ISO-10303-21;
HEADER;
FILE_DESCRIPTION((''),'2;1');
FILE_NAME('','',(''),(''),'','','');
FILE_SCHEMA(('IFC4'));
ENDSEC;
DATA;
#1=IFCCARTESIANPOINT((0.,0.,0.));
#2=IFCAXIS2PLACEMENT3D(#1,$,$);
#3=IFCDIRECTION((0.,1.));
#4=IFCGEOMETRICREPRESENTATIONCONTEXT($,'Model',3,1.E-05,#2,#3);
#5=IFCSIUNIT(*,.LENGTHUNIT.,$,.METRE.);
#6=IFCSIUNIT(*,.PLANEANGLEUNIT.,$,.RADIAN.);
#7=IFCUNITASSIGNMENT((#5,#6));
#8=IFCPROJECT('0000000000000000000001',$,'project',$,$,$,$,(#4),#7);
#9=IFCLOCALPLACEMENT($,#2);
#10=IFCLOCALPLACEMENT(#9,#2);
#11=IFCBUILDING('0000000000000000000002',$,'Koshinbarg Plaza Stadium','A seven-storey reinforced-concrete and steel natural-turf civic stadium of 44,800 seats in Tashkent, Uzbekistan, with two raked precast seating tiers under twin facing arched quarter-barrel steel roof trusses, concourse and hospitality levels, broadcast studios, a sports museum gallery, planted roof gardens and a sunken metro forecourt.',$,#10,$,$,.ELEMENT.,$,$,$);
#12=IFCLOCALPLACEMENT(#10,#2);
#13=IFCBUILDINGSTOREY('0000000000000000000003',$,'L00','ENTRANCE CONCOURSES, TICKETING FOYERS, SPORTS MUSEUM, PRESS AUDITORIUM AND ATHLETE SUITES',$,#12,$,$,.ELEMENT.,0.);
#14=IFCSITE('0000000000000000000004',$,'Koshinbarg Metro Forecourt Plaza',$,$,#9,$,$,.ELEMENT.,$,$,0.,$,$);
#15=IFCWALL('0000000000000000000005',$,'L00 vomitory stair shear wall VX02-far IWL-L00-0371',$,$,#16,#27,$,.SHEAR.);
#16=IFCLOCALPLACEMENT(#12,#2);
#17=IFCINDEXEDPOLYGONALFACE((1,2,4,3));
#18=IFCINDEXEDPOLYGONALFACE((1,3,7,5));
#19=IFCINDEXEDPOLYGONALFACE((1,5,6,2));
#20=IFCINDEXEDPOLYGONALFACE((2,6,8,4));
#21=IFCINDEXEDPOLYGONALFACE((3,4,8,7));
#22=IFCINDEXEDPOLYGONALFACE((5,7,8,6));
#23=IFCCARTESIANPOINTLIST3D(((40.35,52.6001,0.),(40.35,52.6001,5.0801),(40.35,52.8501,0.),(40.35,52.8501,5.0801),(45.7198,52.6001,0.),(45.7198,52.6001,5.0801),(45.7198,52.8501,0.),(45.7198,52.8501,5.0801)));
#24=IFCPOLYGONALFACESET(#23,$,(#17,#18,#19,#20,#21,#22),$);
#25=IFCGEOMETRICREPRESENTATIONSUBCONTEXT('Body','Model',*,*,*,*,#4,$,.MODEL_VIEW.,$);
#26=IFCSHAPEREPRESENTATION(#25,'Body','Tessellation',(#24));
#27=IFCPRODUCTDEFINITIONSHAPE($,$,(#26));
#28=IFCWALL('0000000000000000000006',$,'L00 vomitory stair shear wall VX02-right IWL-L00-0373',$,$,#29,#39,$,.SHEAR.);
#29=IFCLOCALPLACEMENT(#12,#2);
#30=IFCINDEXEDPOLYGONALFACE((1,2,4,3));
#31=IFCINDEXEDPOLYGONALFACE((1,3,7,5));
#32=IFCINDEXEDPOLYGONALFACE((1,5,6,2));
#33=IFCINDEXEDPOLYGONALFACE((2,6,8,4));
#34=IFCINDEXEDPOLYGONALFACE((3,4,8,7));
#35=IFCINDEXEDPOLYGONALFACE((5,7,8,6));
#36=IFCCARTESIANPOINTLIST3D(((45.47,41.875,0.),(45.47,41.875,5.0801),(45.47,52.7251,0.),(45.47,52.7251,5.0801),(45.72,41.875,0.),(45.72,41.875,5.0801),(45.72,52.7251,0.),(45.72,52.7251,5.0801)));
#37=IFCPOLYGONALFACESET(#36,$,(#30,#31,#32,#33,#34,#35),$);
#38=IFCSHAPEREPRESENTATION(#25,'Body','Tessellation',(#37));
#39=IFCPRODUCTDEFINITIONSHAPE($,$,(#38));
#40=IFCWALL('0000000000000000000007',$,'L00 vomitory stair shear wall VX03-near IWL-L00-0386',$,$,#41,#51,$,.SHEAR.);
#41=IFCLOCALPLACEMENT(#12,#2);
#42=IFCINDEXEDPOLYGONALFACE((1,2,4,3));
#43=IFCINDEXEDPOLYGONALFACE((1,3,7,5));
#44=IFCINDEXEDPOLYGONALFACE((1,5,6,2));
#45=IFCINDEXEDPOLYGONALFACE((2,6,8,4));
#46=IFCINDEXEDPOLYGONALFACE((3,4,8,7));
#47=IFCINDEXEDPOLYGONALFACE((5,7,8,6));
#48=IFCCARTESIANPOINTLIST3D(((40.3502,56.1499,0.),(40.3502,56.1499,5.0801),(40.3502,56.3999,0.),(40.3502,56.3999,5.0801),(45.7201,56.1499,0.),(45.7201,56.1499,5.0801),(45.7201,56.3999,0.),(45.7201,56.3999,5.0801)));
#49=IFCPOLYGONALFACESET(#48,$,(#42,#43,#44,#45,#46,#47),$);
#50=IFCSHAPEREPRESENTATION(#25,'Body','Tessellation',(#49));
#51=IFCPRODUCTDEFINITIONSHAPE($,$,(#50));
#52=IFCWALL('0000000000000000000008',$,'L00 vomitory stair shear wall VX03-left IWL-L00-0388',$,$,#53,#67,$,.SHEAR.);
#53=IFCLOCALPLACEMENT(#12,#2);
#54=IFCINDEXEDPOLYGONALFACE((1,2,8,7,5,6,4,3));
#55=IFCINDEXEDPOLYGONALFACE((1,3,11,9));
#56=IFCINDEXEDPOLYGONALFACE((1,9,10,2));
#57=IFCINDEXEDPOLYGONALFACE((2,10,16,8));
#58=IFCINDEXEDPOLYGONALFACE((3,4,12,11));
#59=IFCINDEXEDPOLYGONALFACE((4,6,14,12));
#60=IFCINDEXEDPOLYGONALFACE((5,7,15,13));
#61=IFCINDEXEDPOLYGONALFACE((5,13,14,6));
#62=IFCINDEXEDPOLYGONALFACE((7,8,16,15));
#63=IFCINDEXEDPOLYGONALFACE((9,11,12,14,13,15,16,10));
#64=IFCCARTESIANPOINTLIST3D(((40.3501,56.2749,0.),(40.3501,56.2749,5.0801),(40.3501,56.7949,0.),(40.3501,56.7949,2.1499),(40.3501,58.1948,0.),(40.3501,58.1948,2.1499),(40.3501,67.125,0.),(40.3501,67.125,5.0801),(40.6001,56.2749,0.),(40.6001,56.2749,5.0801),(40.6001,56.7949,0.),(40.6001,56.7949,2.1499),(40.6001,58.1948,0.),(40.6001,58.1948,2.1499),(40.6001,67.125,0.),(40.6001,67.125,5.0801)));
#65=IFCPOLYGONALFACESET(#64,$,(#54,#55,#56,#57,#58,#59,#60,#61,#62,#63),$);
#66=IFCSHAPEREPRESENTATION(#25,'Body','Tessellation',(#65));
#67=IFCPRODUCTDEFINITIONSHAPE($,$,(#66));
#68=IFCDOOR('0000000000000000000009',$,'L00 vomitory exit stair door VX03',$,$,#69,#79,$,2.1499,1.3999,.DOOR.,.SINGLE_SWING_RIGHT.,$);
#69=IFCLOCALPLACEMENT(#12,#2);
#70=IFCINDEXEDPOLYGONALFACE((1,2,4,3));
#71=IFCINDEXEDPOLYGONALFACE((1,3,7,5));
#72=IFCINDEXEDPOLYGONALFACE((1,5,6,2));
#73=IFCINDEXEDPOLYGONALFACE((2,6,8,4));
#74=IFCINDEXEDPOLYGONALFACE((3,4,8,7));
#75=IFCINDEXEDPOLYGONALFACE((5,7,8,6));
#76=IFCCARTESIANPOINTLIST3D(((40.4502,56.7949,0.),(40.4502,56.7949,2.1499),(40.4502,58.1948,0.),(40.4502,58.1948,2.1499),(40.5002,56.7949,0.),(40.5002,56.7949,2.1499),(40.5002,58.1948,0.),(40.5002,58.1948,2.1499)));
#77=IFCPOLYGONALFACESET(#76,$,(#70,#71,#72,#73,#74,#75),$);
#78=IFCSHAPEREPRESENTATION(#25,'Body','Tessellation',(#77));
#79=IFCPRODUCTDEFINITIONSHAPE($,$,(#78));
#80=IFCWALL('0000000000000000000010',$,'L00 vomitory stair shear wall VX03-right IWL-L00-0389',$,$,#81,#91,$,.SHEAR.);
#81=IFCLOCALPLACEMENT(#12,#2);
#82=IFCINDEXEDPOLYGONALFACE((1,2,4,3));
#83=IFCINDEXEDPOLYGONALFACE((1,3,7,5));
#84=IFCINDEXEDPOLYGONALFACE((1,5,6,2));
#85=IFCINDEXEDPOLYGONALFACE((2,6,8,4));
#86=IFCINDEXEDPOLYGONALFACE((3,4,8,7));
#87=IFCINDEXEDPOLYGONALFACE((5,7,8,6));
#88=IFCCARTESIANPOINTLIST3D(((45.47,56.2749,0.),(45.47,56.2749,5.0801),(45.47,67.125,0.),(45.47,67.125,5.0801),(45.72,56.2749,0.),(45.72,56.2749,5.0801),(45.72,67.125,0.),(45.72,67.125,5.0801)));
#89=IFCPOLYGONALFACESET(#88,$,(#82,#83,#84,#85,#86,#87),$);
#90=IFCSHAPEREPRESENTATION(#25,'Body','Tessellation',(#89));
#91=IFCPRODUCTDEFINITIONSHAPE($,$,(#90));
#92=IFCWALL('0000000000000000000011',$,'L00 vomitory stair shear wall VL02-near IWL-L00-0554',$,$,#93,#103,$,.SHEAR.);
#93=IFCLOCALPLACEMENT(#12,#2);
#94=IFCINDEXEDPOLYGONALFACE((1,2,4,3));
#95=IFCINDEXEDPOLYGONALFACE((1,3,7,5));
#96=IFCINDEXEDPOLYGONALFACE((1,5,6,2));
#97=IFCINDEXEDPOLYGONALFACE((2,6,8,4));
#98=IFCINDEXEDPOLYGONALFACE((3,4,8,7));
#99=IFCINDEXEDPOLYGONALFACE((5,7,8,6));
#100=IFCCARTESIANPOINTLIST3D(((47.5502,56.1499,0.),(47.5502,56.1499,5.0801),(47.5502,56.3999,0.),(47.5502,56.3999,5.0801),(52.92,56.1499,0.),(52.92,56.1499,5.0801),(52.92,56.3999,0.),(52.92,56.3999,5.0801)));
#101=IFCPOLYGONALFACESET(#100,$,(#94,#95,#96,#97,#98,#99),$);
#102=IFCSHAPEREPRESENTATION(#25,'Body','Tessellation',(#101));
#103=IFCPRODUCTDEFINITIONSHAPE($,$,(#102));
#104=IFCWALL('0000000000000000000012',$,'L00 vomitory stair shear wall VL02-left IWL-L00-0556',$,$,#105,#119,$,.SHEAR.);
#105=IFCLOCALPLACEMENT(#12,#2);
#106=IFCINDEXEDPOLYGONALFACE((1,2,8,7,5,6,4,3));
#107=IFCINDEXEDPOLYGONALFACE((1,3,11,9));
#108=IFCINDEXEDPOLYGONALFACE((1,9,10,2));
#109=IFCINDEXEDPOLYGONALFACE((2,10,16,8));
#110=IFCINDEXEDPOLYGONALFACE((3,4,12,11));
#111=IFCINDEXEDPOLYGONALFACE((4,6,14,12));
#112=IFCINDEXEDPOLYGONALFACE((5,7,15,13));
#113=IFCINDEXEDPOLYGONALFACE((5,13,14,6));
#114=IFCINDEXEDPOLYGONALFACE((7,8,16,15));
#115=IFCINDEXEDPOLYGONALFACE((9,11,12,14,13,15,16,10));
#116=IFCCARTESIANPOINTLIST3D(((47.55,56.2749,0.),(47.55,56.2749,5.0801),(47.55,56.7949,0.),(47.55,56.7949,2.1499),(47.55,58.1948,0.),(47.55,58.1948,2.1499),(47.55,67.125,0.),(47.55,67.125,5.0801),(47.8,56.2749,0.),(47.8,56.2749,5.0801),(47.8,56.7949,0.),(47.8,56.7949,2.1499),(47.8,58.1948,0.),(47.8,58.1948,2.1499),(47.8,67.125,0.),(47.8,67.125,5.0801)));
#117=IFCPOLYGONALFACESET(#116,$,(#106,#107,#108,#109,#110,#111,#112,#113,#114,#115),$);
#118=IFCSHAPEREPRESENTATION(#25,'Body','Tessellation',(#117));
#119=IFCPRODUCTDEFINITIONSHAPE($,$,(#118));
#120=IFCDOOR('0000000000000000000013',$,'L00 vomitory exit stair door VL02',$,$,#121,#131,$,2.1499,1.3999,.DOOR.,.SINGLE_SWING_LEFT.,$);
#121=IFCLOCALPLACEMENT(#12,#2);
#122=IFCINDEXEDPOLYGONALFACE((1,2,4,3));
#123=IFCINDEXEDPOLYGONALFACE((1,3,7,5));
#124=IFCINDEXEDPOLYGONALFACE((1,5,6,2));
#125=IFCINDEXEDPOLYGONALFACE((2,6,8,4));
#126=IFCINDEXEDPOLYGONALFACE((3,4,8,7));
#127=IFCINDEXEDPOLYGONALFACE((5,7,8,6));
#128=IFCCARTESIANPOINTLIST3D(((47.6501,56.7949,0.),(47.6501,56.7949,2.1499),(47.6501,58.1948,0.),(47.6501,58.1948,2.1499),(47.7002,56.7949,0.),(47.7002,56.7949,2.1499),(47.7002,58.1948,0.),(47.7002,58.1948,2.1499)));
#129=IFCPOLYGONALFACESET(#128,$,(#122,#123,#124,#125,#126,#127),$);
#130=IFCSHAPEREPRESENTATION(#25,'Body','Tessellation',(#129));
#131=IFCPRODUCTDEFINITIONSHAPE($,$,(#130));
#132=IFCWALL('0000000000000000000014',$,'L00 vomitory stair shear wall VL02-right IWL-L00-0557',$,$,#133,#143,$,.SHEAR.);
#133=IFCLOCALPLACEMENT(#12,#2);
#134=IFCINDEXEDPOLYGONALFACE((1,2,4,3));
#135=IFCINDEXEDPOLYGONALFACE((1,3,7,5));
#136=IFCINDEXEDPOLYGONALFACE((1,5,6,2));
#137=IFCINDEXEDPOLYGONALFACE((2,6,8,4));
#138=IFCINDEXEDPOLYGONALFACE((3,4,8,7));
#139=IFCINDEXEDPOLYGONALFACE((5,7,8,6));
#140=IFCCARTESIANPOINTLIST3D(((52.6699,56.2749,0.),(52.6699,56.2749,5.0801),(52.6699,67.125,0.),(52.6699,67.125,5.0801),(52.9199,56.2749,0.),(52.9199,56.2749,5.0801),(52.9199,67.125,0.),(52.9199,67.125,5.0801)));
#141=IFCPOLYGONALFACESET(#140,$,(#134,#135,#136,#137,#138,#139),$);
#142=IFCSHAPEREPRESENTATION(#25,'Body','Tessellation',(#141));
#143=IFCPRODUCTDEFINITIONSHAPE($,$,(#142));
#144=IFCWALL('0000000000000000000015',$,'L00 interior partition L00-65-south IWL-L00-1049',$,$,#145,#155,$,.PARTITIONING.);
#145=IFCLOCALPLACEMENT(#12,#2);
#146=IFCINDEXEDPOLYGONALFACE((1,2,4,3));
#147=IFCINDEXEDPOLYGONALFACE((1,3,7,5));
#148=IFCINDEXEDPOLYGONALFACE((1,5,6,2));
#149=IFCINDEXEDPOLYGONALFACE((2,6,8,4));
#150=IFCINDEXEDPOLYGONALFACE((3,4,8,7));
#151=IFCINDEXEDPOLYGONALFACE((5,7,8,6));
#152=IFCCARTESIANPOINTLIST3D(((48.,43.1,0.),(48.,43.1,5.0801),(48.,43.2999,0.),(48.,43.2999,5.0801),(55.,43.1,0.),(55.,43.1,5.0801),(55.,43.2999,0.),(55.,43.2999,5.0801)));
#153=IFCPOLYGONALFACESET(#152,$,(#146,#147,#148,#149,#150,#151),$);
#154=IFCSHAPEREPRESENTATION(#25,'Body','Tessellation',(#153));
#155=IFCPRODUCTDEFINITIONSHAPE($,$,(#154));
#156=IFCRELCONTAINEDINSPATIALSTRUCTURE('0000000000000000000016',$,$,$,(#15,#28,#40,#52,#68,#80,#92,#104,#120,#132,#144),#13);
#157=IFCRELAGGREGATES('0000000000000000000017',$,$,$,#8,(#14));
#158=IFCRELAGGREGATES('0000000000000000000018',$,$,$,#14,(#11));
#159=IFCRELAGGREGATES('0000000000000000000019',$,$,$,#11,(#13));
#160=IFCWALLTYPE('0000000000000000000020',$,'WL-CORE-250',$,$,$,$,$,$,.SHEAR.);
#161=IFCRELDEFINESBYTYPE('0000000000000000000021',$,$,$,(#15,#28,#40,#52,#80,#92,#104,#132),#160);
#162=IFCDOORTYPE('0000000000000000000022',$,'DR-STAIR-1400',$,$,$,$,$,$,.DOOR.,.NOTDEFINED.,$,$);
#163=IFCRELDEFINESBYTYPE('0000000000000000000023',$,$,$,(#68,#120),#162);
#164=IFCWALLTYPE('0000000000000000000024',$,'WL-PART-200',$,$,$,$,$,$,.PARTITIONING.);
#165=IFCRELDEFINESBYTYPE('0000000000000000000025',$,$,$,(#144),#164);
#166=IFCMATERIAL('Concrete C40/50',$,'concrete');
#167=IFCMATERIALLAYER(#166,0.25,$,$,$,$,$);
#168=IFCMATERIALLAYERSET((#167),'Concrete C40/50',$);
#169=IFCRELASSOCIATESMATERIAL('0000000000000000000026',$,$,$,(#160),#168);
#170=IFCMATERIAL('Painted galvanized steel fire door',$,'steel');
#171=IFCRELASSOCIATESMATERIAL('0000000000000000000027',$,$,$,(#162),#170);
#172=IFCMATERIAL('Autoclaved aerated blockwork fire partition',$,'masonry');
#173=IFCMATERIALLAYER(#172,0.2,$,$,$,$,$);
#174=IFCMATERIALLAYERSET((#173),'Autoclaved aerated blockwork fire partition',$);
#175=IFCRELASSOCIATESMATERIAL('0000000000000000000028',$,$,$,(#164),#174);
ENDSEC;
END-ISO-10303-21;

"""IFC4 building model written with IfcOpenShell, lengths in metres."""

from ifc_helpers import new_model, si_unit, direction, frame, frame_2d, origin, place, context, subcontext, project, spatial, rectangle, extrude, material, layer, layer_set, type_object, element, fill, save


model = new_model("IFC4")

# Units and contexts
model_context = context("Model", 3, precision=1e-05, world=origin(), true_north=direction((0.0, 1.0)))
body_context = subcontext(model_context, "Body", "Model", "MODEL_VIEW")
ifc_project = project(units=[si_unit("LENGTHUNIT", "METRE"), si_unit("PLANEANGLEUNIT", "RADIAN")], contexts=[model_context])

# Site, building, storey
site_placement = place(None, origin())
site = spatial("IfcSite", under=ifc_project, at=site_placement, Name="Koshinbarg Metro Forecourt Plaza", CompositionType="ELEMENT", RefElevation=0.0)
building_placement = place(site_placement, origin())
building = spatial("IfcBuilding", under=site, at=building_placement, Name="Koshinbarg Plaza Stadium", Description="A seven-storey reinforced-concrete and steel natural-turf civic stadium of 44,800 seats in Tashkent, Uzbekistan, with two raked precast seating tiers under twin facing arched quarter-barrel steel roof trusses, concourse and hospitality levels, broadcast studios, a sports museum gallery, planted roof gardens and a sunken metro forecourt.", CompositionType="ELEMENT")
storey_placement = place(building_placement, origin())
storey = spatial("IfcBuildingStorey", under=building, at=storey_placement, Name="L00", Description="ENTRANCE CONCOURSES, TICKETING FOYERS, SPORTS MUSEUM, PRESS AUDITORIUM AND ATHLETE SUITES", CompositionType="ELEMENT", Elevation=0.0)

# Shared definitions
ifc_material_1 = material(Name="Concrete C40/50", Category="concrete")

# Walls
ifc_layer_1 = layer(ifc_material_1, 0.25)
ifc_layer_set_1 = layer_set([ifc_layer_1], Name="Concrete C40/50")
wall_type_1 = type_object("IfcWallType", Name="WL-CORE-250", PredefinedType="SHEAR", material=ifc_layer_set_1)
wall_1_placement = place(storey_placement, frame((45.72, 52.7251, 0.0), z_axis=(0.0, 0.0, 1.0), x_axis=(-1.0, 0.0, 0.0)))
element("IfcWall", 1, at=wall_1_placement, inside=storey, type_object=wall_type_1, Name="L00 vomitory stair shear wall VX02-far IWL-L00-0371", PredefinedType="SHEAR", context=body_context, shape_type="SweptSolid", body=[
    extrude(rectangle(XDim=5.3699, YDim=0.25, at=frame_2d((2.6851, 0.0))), origin(), (0.0, 0.0, 1.0), 5.0801),
])
wall_2_placement = place(storey_placement, frame((45.595, 41.875, 0.0), z_axis=(0.0, 0.0, 1.0), x_axis=(0.0, 1.0, 0.0)))
element("IfcWall", 2, at=wall_2_placement, inside=storey, type_object=wall_type_1, Name="L00 vomitory stair shear wall VX02-right IWL-L00-0373", PredefinedType="SHEAR", context=body_context, shape_type="SweptSolid", body=[
    extrude(rectangle(XDim=10.8501, YDim=0.25, at=frame_2d((5.425, 0.0))), origin(), (0.0, 0.0, 1.0), 5.0801),
])
wall_3_placement = place(storey_placement, frame((40.3501, 56.2749, 0.0), z_axis=(0.0, 0.0, 1.0), x_axis=(1.0, 0.0, 0.0)))
element("IfcWall", 3, at=wall_3_placement, inside=storey, type_object=wall_type_1, Name="L00 vomitory stair shear wall VX03-near IWL-L00-0386", PredefinedType="SHEAR", context=body_context, shape_type="SweptSolid", body=[
    extrude(rectangle(XDim=5.3699, YDim=0.25, at=frame_2d((2.6851, 0.0))), origin(), (0.0, 0.0, 1.0), 5.0801),
])

# Wall, opening, door
wall_4_placement = place(storey_placement, frame((40.4751, 56.2749, 0.0), z_axis=(0.0, 0.0, 1.0), x_axis=(0.0, 1.0, 0.0)))
wall_4 = element("IfcWall", 4, at=wall_4_placement, inside=storey, type_object=wall_type_1, Name="L00 vomitory stair shear wall VX03-left IWL-L00-0388", PredefinedType="SHEAR", context=body_context, shape_type="SweptSolid", body=[
    extrude(rectangle(XDim=10.8501, YDim=0.25, at=frame_2d((5.425, 0.0))), origin(), (0.0, 0.0, 1.0), 5.0801),
])
opening_1_placement = place(wall_4_placement, frame((0.52, 0.0, 0.0)))
opening_1 = element("IfcOpeningElement", 5, at=opening_1_placement, cuts=wall_4, PredefinedType="OPENING", context=body_context, shape_type="SweptSolid", body=[
    extrude(rectangle(XDim=1.3999, YDim=2.1499, at=frame_2d((0.7, 1.075))), frame((0.0, 0.135, 0.0), z_axis=(0.0, -1.0, 0.0), x_axis=(1.0, 0.0, 0.0)), (0.0, 0.0, 1.0), 0.27),
])
ifc_material_2 = material(Name="Painted galvanized steel fire door", Category="steel")
door_type_1 = type_object("IfcDoorType", Name="DR-STAIR-1400", OperationType="NOTDEFINED", PredefinedType="DOOR", material=ifc_material_2)
door_1_placement = place(opening_1_placement, origin())
door_1 = element("IfcDoor", 6, at=door_1_placement, inside=storey, type_object=door_type_1, Name="L00 vomitory exit stair door VX03", OperationType="SINGLE_SWING_RIGHT", OverallHeight=2.1499, OverallWidth=1.3999, PredefinedType="DOOR", context=body_context, shape_type="SweptSolid", body=[
    extrude(rectangle(XDim=1.3999, YDim=2.1499, at=frame_2d((0.7, 1.075))), frame((0.0, 0.0249, 0.0), z_axis=(0.0, -1.0, 0.0), x_axis=(1.0, 0.0, 0.0)), (0.0, 0.0, 1.0), 0.05),
])
fill(opening_1, door_1)

# Walls
wall_5_placement = place(storey_placement, frame((45.595, 56.2749, 0.0), z_axis=(0.0, 0.0, 1.0), x_axis=(0.0, 1.0, 0.0)))
element("IfcWall", 7, at=wall_5_placement, inside=storey, type_object=wall_type_1, Name="L00 vomitory stair shear wall VX03-right IWL-L00-0389", PredefinedType="SHEAR", context=body_context, shape_type="SweptSolid", body=[
    extrude(rectangle(XDim=10.8501, YDim=0.25, at=frame_2d((5.425, 0.0))), origin(), (0.0, 0.0, 1.0), 5.0801),
])
wall_6_placement = place(storey_placement, frame((47.55, 56.2749, 0.0), z_axis=(0.0, 0.0, 1.0), x_axis=(1.0, 0.0, 0.0)))
element("IfcWall", 8, at=wall_6_placement, inside=storey, type_object=wall_type_1, Name="L00 vomitory stair shear wall VL02-near IWL-L00-0554", PredefinedType="SHEAR", context=body_context, shape_type="SweptSolid", body=[
    extrude(rectangle(XDim=5.3699, YDim=0.25, at=frame_2d((2.6851, 0.0))), origin(), (0.0, 0.0, 1.0), 5.0801),
])

# Wall, opening, door
wall_7_placement = place(storey_placement, frame((47.675, 56.2749, 0.0), z_axis=(0.0, 0.0, 1.0), x_axis=(0.0, 1.0, 0.0)))
wall_7 = element("IfcWall", 9, at=wall_7_placement, inside=storey, type_object=wall_type_1, Name="L00 vomitory stair shear wall VL02-left IWL-L00-0556", PredefinedType="SHEAR", context=body_context, shape_type="SweptSolid", body=[
    extrude(rectangle(XDim=10.8501, YDim=0.25, at=frame_2d((5.425, 0.0))), origin(), (0.0, 0.0, 1.0), 5.0801),
])
opening_2_placement = place(wall_7_placement, frame((0.52, 0.0, 0.0)))
opening_2 = element("IfcOpeningElement", 10, at=opening_2_placement, cuts=wall_7, PredefinedType="OPENING", context=body_context, shape_type="SweptSolid", body=[
    extrude(rectangle(XDim=1.3999, YDim=2.1499, at=frame_2d((0.7, 1.075))), frame((0.0, 0.135, 0.0), z_axis=(0.0, -1.0, 0.0), x_axis=(1.0, 0.0, 0.0)), (0.0, 0.0, 1.0), 0.27),
])
door_2_placement = place(opening_2_placement, origin())
door_2 = element("IfcDoor", 11, at=door_2_placement, inside=storey, type_object=door_type_1, Name="L00 vomitory exit stair door VL02", OperationType="SINGLE_SWING_LEFT", OverallHeight=2.1499, OverallWidth=1.3999, PredefinedType="DOOR", context=body_context, shape_type="SweptSolid", body=[
    extrude(rectangle(XDim=1.3999, YDim=2.1499, at=frame_2d((0.7, 1.075))), frame((0.0, 0.0249, 0.0), z_axis=(0.0, -1.0, 0.0), x_axis=(1.0, 0.0, 0.0)), (0.0, 0.0, 1.0), 0.05),
])
fill(opening_2, door_2)

# Walls
wall_8_placement = place(storey_placement, frame((52.7949, 56.2749, 0.0), z_axis=(0.0, 0.0, 1.0), x_axis=(0.0, 1.0, 0.0)))
element("IfcWall", 12, at=wall_8_placement, inside=storey, type_object=wall_type_1, Name="L00 vomitory stair shear wall VL02-right IWL-L00-0557", PredefinedType="SHEAR", context=body_context, shape_type="SweptSolid", body=[
    extrude(rectangle(XDim=10.8501, YDim=0.25, at=frame_2d((5.425, 0.0))), origin(), (0.0, 0.0, 1.0), 5.0801),
])
ifc_material_3 = material(Name="Autoclaved aerated blockwork fire partition", Category="masonry")
ifc_layer_2 = layer(ifc_material_3, 0.2)
ifc_layer_set_2 = layer_set([ifc_layer_2], Name="Autoclaved aerated blockwork fire partition")
wall_type_2 = type_object("IfcWallType", Name="WL-PART-200", PredefinedType="PARTITIONING", material=ifc_layer_set_2)
wall_9_placement = place(storey_placement, frame((48.0, 43.2, 0.0), z_axis=(0.0, 0.0, 1.0), x_axis=(1.0, 0.0, 0.0)))
element("IfcWall", 13, at=wall_9_placement, inside=storey, type_object=wall_type_2, Name="L00 interior partition L00-65-south IWL-L00-1049", PredefinedType="PARTITIONING", context=body_context, shape_type="SweptSolid", body=[
    extrude(rectangle(XDim=7.0, YDim=0.2, at=frame_2d((3.5, 0.0))), origin(), (0.0, 0.0, 1.0), 5.0801),
])

save(model, "model.ifc")
